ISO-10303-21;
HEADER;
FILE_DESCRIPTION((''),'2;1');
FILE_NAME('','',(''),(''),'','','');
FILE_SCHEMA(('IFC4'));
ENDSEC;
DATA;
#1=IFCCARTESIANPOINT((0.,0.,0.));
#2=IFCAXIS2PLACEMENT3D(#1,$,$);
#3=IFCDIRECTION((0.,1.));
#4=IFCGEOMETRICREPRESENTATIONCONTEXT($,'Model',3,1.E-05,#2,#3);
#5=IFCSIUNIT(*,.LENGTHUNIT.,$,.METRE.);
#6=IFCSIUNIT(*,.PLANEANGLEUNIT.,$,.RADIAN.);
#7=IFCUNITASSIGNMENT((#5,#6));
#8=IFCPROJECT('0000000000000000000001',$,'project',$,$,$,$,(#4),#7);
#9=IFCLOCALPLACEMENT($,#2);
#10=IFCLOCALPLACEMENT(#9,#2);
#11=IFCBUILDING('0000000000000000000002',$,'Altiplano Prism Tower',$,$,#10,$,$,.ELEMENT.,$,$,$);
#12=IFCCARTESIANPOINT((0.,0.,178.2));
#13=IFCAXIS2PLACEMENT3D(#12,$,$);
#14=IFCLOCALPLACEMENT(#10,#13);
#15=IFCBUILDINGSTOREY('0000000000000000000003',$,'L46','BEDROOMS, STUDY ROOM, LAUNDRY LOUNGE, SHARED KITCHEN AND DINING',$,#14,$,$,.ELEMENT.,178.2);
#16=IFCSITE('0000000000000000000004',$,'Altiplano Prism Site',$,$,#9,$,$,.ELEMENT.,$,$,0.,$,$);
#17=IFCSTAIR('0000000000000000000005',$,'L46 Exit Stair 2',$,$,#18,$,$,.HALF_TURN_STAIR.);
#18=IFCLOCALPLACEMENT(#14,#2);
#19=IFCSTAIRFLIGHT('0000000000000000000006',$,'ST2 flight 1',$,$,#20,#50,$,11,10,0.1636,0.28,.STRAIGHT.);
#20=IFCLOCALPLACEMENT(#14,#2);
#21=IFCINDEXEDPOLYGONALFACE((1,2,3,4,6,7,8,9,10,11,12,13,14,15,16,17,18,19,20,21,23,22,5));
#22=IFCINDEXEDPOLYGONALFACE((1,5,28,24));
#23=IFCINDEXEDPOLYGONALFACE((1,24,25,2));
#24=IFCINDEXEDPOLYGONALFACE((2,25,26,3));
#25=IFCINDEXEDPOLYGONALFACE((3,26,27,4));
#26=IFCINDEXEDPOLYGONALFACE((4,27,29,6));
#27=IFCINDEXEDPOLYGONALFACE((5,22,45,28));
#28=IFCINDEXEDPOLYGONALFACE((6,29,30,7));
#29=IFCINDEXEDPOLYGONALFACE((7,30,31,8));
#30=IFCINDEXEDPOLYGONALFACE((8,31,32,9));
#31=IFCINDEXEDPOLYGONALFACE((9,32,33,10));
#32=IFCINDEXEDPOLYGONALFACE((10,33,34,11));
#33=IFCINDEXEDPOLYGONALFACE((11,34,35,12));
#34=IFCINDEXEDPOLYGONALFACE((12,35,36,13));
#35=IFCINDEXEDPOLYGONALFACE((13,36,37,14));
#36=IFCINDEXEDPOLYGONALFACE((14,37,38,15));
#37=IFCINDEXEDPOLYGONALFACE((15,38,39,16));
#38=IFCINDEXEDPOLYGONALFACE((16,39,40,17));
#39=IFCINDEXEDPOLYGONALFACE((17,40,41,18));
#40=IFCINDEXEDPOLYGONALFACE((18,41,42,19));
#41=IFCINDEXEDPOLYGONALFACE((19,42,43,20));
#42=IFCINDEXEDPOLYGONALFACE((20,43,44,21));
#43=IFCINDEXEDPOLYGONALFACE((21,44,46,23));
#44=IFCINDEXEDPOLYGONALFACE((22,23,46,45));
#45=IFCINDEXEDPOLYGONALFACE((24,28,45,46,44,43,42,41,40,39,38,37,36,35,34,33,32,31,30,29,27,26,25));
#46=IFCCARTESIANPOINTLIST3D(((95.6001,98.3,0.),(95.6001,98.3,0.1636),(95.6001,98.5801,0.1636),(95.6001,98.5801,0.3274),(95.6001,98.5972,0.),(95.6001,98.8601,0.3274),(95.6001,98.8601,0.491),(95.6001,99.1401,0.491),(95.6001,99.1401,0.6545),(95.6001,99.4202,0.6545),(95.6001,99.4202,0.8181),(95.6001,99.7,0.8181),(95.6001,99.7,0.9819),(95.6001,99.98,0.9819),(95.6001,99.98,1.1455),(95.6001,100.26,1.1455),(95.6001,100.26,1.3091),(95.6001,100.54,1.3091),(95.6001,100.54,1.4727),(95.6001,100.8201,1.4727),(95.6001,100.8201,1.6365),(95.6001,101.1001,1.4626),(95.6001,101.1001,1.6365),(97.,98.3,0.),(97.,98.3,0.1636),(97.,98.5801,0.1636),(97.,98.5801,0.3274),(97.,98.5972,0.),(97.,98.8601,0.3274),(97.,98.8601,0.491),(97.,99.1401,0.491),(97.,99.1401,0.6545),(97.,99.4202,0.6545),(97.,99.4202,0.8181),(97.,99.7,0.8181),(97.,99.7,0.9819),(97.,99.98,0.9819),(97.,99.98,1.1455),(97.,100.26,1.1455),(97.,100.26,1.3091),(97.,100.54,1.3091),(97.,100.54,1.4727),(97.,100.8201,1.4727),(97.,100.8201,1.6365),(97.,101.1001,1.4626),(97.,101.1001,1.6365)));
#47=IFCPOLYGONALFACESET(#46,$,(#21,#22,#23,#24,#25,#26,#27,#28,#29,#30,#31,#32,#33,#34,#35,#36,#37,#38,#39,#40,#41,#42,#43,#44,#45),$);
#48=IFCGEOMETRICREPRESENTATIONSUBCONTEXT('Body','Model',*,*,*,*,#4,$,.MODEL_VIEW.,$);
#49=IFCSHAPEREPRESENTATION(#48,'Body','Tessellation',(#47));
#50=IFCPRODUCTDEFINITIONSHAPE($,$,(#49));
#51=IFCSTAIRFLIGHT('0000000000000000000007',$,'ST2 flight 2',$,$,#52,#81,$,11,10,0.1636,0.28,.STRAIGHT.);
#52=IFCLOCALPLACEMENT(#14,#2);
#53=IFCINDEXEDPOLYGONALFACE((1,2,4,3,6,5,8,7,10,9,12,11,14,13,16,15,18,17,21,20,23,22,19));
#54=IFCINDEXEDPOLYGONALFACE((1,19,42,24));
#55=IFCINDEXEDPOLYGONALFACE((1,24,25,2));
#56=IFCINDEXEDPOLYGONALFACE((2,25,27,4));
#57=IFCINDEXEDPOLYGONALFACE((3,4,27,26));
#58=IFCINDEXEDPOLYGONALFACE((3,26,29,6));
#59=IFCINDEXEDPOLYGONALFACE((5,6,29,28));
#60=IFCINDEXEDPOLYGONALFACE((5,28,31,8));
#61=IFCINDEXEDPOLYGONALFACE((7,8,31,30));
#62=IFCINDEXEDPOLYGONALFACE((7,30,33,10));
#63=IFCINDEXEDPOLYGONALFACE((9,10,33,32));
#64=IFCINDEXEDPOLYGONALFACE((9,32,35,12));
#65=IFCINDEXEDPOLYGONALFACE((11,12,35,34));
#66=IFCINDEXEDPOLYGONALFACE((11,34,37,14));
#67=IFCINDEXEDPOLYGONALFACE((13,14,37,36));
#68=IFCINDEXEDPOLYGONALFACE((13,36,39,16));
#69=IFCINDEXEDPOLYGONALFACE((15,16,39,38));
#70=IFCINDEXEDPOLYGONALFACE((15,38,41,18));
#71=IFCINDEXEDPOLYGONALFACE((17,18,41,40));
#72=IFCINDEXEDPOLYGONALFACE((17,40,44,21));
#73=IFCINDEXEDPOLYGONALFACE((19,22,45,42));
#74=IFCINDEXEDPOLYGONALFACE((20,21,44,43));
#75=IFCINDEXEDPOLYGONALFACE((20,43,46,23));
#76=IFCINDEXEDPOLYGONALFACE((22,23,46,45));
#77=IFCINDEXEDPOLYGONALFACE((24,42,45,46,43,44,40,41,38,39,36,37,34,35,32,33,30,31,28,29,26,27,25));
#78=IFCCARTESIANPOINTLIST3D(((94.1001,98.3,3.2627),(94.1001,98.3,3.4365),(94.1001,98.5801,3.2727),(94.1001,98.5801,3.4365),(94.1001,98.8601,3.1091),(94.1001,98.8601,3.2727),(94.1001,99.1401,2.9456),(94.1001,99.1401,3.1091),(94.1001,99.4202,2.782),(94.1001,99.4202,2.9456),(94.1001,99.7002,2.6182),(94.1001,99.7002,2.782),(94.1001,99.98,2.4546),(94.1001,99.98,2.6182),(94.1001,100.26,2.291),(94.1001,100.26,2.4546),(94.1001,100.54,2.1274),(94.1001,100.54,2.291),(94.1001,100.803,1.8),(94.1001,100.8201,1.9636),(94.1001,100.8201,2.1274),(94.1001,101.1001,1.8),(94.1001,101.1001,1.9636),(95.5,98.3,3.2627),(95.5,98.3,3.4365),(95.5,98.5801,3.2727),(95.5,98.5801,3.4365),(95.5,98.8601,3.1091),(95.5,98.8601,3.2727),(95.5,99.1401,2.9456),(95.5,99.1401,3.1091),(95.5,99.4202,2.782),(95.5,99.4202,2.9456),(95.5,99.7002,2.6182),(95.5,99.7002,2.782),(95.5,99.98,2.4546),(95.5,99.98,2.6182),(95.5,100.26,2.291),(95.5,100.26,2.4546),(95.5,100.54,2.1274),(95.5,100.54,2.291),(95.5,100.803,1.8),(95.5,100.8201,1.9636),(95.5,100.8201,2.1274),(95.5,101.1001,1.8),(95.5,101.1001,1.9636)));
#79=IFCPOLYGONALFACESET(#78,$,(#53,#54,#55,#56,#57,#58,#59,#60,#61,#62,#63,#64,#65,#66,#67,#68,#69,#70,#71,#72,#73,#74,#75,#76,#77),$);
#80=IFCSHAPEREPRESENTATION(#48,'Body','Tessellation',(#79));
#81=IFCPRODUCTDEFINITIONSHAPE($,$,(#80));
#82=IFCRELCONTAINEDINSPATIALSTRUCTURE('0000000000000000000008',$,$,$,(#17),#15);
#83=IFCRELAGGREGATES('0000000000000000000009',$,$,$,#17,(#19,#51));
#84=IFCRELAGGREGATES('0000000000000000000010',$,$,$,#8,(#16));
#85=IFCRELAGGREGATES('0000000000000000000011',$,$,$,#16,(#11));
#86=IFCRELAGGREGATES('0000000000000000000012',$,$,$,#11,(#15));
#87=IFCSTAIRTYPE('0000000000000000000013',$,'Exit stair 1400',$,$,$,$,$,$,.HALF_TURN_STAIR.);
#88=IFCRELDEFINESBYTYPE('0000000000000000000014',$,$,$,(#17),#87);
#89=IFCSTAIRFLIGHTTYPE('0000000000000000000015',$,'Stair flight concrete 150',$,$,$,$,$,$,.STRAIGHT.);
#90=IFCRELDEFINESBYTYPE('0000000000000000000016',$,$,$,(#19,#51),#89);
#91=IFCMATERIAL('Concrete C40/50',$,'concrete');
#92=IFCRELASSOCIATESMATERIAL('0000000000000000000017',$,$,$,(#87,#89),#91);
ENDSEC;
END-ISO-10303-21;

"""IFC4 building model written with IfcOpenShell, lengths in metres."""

from ifc_helpers import new_model, si_unit, direction, frame, origin, place, context, subcontext, project, spatial, polyline, outline, extrude, material, type_object, element, aggregate, save


model = new_model("IFC4")

# Units and contexts
model_context = context("Model", 3, precision=1e-05, world=origin(), true_north=direction((0.0, 1.0)))
body_context = subcontext(model_context, "Body", "Model", "MODEL_VIEW")
ifc_project = project(units=[si_unit("LENGTHUNIT", "METRE"), si_unit("PLANEANGLEUNIT", "RADIAN")], contexts=[model_context])

# Site, building, storey
site_placement = place(None, origin())
site = spatial("IfcSite", under=ifc_project, at=site_placement, Name="Altiplano Prism Site", CompositionType="ELEMENT", RefElevation=0.0)
building_placement = place(site_placement, origin())
building = spatial("IfcBuilding", under=site, at=building_placement, Name="Altiplano Prism Tower", CompositionType="ELEMENT")
storey_placement = place(building_placement, frame((0.0, 0.0, 178.2)))
storey = spatial("IfcBuildingStorey", under=building, at=storey_placement, Name="L46", Description="BEDROOMS, STUDY ROOM, LAUNDRY LOUNGE, SHARED KITCHEN AND DINING", CompositionType="ELEMENT", Elevation=178.2)

# Stair, stair flights
ifc_material_1 = material(Name="Concrete C40/50", Category="concrete")
stair_type = type_object("IfcStairType", Name="Exit stair 1400", PredefinedType="HALF_TURN_STAIR", material=ifc_material_1)
stair_placement = place(storey_placement, origin())
stair = element("IfcStair", 1, at=stair_placement, inside=storey, type_object=stair_type, Name="L46 Exit Stair 2", PredefinedType="HALF_TURN_STAIR")
stair_flight_type = type_object("IfcStairFlightType", Name="Stair flight concrete 150", PredefinedType="STRAIGHT", material=ifc_material_1)
stair_flight_1_placement = place(storey_placement, frame((96.3, 98.3, 0.0), z_axis=(0.0, 0.0, 1.0), x_axis=(0.0, 1.0, 0.0)))
stair_flight_1 = element("IfcStairFlight", 2, at=stair_flight_1_placement, type_object=stair_flight_type, Name="ST2 flight 1", NumberOfRisers=11, NumberOfTreads=10, PredefinedType="STRAIGHT", RiserHeight=0.1636, TreadLength=0.28, context=body_context, shape_type="SweptSolid", body=[
    extrude(outline(polyline([(0.0, 0.0), (0.0, 0.1636), (0.28, 0.1636), (0.28, 0.3274), (0.5601, 0.3274), (0.5601, 0.491), (0.8401, 0.491), (0.8401, 0.6545), (1.1201, 0.6545), (1.1201, 0.8181), (1.3999, 0.8181), (1.3999, 0.9819), (1.6799, 0.9819), (1.6799, 1.1455), (1.96, 1.1455), (1.96, 1.3091), (2.24, 1.3091), (2.24, 1.4727), (2.52, 1.4727), (2.52, 1.6365), (2.8, 1.6365), (2.8, 1.8), (2.8, 1.4626), (0.2971, 0.0), (0.0, 0.0)])), frame((0.0, 0.7, 0.0), z_axis=(0.0, -1.0, 0.0), x_axis=(1.0, 0.0, 0.0)), (0.0, 0.0, 1.0), 1.3999),
])
stair_flight_2_placement = place(storey_placement, frame((94.8, 101.1001, 1.8), z_axis=(0.0, 0.0, 1.0), x_axis=(0.0, -1.0, 0.0)))
stair_flight_2 = element("IfcStairFlight", 3, at=stair_flight_2_placement, type_object=stair_flight_type, Name="ST2 flight 2", NumberOfRisers=11, NumberOfTreads=10, PredefinedType="STRAIGHT", RiserHeight=0.1636, TreadLength=0.28, context=body_context, shape_type="SweptSolid", body=[
    extrude(outline(polyline([(0.0, 0.0), (0.0, 0.1636), (0.28, 0.1636), (0.28, 0.3274), (0.5601, 0.3274), (0.5601, 0.491), (0.8401, 0.491), (0.8401, 0.6545), (1.1201, 0.6545), (1.1201, 0.8181), (1.3999, 0.8181), (1.3999, 0.9819), (1.6799, 0.9819), (1.6799, 1.1455), (1.96, 1.1455), (1.96, 1.3091), (2.24, 1.3091), (2.24, 1.4727), (2.52, 1.4727), (2.52, 1.6365), (2.8, 1.6365), (2.8, 1.8), (2.8, 1.4626), (0.2971, 0.0), (0.0, 0.0)])), frame((0.0, 0.7, 0.0), z_axis=(0.0, -1.0, 0.0), x_axis=(1.0, 0.0, 0.0)), (0.0, 0.0, 1.0), 1.3999),
])
aggregate(stair, [stair_flight_1, stair_flight_2])

save(model, "model.ifc")
